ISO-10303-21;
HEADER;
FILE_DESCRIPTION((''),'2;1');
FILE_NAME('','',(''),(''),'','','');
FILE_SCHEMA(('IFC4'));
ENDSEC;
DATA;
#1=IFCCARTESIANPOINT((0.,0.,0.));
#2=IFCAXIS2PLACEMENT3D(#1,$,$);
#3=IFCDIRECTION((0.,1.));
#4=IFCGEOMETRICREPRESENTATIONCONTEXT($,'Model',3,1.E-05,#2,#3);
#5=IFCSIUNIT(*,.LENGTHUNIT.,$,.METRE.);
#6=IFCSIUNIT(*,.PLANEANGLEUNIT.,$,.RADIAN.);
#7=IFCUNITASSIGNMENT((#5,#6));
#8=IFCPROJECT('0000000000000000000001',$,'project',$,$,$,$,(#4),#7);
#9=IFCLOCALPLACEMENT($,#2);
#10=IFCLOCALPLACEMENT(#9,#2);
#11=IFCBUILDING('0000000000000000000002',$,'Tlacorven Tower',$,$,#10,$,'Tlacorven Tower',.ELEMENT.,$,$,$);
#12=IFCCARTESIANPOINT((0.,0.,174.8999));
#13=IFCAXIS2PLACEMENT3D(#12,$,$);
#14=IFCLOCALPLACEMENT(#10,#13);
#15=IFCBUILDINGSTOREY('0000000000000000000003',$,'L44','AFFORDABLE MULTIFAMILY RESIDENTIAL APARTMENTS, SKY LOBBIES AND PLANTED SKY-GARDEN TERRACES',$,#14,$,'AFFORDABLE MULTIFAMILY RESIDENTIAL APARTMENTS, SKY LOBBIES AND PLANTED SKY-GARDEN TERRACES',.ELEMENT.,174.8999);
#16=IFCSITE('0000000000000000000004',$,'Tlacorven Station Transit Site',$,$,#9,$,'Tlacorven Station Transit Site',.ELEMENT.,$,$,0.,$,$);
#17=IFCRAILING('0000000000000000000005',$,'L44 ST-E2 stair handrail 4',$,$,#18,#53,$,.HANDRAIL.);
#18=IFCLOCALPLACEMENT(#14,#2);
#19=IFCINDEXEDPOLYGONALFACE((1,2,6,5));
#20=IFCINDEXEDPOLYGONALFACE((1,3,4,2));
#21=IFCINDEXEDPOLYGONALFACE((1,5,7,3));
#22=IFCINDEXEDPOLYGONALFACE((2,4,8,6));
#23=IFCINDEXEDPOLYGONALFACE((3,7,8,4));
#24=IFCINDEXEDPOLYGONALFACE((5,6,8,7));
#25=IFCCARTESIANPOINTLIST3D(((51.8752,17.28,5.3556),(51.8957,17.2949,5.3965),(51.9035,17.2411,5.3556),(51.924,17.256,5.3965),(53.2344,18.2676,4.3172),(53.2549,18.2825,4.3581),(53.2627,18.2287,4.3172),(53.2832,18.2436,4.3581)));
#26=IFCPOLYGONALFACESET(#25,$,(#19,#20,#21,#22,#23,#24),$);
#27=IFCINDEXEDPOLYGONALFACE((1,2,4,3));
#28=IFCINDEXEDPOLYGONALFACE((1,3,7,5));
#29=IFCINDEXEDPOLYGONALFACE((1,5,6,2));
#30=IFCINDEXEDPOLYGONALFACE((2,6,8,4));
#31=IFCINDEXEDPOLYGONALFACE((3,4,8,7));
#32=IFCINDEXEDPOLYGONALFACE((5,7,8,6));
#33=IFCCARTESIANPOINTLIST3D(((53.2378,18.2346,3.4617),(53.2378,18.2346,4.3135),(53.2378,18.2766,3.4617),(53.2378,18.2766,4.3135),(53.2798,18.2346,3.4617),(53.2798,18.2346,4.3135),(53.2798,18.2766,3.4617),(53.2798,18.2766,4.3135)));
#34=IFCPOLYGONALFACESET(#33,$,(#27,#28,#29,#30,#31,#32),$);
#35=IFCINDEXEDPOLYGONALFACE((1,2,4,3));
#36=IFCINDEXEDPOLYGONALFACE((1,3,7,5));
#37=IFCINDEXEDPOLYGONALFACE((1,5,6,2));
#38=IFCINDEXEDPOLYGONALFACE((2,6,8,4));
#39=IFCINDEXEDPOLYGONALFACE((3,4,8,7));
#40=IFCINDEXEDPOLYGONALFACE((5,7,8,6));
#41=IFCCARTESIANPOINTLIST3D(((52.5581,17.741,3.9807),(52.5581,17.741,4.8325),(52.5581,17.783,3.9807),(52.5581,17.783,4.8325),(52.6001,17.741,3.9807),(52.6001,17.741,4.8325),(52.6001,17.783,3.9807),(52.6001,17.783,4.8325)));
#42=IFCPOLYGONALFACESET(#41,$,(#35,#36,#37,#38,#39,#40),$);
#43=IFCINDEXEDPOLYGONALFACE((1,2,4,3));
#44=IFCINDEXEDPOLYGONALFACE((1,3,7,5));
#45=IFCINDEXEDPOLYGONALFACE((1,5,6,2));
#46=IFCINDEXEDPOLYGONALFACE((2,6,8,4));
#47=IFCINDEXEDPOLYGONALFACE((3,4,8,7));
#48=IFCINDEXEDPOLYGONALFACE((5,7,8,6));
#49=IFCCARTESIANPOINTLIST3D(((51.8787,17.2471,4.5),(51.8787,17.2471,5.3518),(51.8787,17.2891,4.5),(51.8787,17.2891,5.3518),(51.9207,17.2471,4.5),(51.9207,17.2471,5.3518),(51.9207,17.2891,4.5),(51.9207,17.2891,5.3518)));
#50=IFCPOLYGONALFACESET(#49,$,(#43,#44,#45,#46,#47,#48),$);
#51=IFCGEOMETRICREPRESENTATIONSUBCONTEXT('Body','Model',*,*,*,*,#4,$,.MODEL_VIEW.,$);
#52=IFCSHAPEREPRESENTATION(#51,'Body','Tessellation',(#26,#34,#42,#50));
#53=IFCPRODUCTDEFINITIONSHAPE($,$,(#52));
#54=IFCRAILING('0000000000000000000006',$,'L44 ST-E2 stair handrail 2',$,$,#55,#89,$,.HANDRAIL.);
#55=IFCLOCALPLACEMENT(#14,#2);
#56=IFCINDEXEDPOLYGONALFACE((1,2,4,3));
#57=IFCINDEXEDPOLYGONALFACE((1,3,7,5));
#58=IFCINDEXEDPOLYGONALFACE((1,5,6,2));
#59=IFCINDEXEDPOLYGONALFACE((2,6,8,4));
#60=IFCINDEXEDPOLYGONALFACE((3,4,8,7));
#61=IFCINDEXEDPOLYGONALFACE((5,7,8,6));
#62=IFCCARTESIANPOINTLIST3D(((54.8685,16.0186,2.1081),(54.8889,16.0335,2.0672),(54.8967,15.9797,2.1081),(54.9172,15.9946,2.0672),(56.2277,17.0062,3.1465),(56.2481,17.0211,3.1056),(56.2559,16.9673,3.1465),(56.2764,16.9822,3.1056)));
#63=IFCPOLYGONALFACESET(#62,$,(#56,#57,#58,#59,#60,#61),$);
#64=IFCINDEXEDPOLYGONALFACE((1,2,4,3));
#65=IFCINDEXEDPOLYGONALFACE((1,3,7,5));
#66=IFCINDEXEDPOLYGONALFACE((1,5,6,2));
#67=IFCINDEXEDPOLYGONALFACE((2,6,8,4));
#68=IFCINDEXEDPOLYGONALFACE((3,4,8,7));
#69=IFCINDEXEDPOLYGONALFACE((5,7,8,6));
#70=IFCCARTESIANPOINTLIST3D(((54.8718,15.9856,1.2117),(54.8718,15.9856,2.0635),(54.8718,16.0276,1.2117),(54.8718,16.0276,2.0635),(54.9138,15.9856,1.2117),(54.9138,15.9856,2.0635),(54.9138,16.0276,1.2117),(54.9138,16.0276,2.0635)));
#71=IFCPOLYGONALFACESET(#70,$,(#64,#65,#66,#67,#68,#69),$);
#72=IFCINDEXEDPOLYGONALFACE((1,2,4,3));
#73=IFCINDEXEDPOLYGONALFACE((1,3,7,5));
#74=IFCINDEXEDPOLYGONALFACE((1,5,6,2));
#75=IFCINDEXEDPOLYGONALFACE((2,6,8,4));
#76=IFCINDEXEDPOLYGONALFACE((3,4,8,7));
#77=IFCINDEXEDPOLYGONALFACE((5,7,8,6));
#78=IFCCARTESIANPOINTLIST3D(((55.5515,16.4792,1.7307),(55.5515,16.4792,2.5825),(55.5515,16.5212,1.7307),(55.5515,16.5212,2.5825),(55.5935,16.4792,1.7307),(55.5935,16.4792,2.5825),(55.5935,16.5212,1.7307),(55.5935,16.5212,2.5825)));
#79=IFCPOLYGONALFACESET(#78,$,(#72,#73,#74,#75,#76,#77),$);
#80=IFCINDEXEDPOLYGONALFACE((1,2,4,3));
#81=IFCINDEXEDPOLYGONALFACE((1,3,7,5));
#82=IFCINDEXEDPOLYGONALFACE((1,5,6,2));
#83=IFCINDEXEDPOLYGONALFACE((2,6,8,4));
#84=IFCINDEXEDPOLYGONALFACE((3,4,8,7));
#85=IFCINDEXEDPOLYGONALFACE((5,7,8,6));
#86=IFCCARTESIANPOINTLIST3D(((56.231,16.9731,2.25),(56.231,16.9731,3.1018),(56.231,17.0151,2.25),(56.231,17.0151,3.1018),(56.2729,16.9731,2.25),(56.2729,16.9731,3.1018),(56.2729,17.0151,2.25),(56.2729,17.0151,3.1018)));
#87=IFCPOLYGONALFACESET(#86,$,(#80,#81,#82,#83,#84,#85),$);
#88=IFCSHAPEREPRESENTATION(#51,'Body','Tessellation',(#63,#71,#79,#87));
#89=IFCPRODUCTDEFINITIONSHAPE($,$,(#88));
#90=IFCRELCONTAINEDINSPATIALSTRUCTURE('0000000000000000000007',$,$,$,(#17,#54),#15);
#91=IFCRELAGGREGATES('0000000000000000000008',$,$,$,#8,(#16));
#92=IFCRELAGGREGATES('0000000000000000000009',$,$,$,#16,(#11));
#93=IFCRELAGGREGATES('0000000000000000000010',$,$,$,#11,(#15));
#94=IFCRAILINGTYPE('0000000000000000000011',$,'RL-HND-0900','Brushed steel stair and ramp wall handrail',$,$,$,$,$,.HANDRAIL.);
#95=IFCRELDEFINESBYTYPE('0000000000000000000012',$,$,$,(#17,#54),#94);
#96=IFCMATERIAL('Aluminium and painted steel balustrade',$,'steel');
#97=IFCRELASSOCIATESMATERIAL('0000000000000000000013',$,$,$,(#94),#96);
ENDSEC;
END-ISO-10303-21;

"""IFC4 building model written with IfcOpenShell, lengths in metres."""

from ifc_helpers import new_model, si_unit, direction, frame, origin, origin_2d, place, context, subcontext, project, spatial, rectangle, extrude, source, transform, mapped, material, type_object, element, save


model = new_model("IFC4")

# Units and contexts
model_context = context("Model", 3, precision=1e-05, world=origin(), true_north=direction((0.0, 1.0)))
body_context = subcontext(model_context, "Body", "Model", "MODEL_VIEW")
ifc_project = project(units=[si_unit("LENGTHUNIT", "METRE"), si_unit("PLANEANGLEUNIT", "RADIAN")], contexts=[model_context])

# Site, building, storey
site_placement = place(None, origin())
site = spatial("IfcSite", under=ifc_project, at=site_placement, Name="Tlacorven Station Transit Site", LongName="Tlacorven Station Transit Site", CompositionType="ELEMENT", RefElevation=0.0)
building_placement = place(site_placement, origin())
building = spatial("IfcBuilding", under=site, at=building_placement, Name="Tlacorven Tower", LongName="Tlacorven Tower", CompositionType="ELEMENT")
storey_placement = place(building_placement, frame((0.0, 0.0, 174.8999)))
storey = spatial("IfcBuildingStorey", under=building, at=storey_placement, Name="L44", Description="AFFORDABLE MULTIFAMILY RESIDENTIAL APARTMENTS, SKY LOBBIES AND PLANTED SKY-GARDEN TERRACES", LongName="AFFORDABLE MULTIFAMILY RESIDENTIAL APARTMENTS, SKY LOBBIES AND PLANTED SKY-GARDEN TERRACES", CompositionType="ELEMENT", Elevation=174.8999)

# Railings
ifc_material_1 = material(Name="Aluminium and painted steel balustrade", Category="steel")
railing_type_1 = type_object("IfcRailingType", Name="RL-HND-0900", Description="Brushed steel stair and ramp wall handrail", PredefinedType="HANDRAIL", material=ifc_material_1)
shared_shape_1 = source(origin(), body_context, "Body", "SweptSolid", [
    extrude(rectangle(XDim=0.0481, YDim=0.0481, at=origin_2d()), frame((0.0, 0.0, 0.876), z_axis=(-0.688168, -0.500025, 0.525737), x_axis=(0.587817, -0.808994, 0.0)), (0.0, 0.0, 1.0), 1.9751),
    extrude(rectangle(XDim=0.042, YDim=0.042, at=origin_2d()), origin(), (0.0, 0.0, 1.0), 0.8518),
    extrude(rectangle(XDim=0.042, YDim=0.042, at=origin_2d()), frame((-0.6797, -0.4937, 0.519)), (0.0, 0.0, 1.0), 0.8518),
    extrude(rectangle(XDim=0.042, YDim=0.042, at=origin_2d()), frame((-1.3591, -0.9875, 1.0383)), (0.0, 0.0, 1.0), 0.8518),
])
railing_1_placement = place(storey_placement, frame((53.2588, 18.2556, 3.4617)))
element("IfcRailing", 1, at=railing_1_placement, inside=storey, type_object=railing_type_1, Name="L44 ST-E2 stair handrail 4", PredefinedType="HANDRAIL", context=body_context, shape_type="MappedRepresentation", body=[
    mapped(shared_shape_1, transform((0.0, 0.0, 0.0), scale=1.0)),
])
shared_shape_2 = source(origin(), body_context, "Body", "SweptSolid", [
    extrude(rectangle(XDim=0.0481, YDim=0.0481, at=origin_2d()), frame((0.0, 0.0, 0.876), z_axis=(0.688168, 0.500025, 0.525737), x_axis=(-0.587817, 0.808994, 0.0)), (0.0, 0.0, 1.0), 1.9751),
    extrude(rectangle(XDim=0.042, YDim=0.042, at=origin_2d()), origin(), (0.0, 0.0, 1.0), 0.8518),
    extrude(rectangle(XDim=0.042, YDim=0.042, at=origin_2d()), frame((0.6797, 0.4937, 0.519)), (0.0, 0.0, 1.0), 0.8518),
    extrude(rectangle(XDim=0.042, YDim=0.042, at=origin_2d()), frame((1.3591, 0.9875, 1.0383)), (0.0, 0.0, 1.0), 0.8518),
])
railing_2_placement = place(storey_placement, frame((54.8928, 16.0066, 1.2117)))
element("IfcRailing", 2, at=railing_2_placement, inside=storey, type_object=railing_type_1, Name="L44 ST-E2 stair handrail 2", PredefinedType="HANDRAIL", context=body_context, shape_type="MappedRepresentation", body=[
    mapped(shared_shape_2, transform((0.0, 0.0, 0.0), scale=1.0)),
])

save(model, "model.ifc")
